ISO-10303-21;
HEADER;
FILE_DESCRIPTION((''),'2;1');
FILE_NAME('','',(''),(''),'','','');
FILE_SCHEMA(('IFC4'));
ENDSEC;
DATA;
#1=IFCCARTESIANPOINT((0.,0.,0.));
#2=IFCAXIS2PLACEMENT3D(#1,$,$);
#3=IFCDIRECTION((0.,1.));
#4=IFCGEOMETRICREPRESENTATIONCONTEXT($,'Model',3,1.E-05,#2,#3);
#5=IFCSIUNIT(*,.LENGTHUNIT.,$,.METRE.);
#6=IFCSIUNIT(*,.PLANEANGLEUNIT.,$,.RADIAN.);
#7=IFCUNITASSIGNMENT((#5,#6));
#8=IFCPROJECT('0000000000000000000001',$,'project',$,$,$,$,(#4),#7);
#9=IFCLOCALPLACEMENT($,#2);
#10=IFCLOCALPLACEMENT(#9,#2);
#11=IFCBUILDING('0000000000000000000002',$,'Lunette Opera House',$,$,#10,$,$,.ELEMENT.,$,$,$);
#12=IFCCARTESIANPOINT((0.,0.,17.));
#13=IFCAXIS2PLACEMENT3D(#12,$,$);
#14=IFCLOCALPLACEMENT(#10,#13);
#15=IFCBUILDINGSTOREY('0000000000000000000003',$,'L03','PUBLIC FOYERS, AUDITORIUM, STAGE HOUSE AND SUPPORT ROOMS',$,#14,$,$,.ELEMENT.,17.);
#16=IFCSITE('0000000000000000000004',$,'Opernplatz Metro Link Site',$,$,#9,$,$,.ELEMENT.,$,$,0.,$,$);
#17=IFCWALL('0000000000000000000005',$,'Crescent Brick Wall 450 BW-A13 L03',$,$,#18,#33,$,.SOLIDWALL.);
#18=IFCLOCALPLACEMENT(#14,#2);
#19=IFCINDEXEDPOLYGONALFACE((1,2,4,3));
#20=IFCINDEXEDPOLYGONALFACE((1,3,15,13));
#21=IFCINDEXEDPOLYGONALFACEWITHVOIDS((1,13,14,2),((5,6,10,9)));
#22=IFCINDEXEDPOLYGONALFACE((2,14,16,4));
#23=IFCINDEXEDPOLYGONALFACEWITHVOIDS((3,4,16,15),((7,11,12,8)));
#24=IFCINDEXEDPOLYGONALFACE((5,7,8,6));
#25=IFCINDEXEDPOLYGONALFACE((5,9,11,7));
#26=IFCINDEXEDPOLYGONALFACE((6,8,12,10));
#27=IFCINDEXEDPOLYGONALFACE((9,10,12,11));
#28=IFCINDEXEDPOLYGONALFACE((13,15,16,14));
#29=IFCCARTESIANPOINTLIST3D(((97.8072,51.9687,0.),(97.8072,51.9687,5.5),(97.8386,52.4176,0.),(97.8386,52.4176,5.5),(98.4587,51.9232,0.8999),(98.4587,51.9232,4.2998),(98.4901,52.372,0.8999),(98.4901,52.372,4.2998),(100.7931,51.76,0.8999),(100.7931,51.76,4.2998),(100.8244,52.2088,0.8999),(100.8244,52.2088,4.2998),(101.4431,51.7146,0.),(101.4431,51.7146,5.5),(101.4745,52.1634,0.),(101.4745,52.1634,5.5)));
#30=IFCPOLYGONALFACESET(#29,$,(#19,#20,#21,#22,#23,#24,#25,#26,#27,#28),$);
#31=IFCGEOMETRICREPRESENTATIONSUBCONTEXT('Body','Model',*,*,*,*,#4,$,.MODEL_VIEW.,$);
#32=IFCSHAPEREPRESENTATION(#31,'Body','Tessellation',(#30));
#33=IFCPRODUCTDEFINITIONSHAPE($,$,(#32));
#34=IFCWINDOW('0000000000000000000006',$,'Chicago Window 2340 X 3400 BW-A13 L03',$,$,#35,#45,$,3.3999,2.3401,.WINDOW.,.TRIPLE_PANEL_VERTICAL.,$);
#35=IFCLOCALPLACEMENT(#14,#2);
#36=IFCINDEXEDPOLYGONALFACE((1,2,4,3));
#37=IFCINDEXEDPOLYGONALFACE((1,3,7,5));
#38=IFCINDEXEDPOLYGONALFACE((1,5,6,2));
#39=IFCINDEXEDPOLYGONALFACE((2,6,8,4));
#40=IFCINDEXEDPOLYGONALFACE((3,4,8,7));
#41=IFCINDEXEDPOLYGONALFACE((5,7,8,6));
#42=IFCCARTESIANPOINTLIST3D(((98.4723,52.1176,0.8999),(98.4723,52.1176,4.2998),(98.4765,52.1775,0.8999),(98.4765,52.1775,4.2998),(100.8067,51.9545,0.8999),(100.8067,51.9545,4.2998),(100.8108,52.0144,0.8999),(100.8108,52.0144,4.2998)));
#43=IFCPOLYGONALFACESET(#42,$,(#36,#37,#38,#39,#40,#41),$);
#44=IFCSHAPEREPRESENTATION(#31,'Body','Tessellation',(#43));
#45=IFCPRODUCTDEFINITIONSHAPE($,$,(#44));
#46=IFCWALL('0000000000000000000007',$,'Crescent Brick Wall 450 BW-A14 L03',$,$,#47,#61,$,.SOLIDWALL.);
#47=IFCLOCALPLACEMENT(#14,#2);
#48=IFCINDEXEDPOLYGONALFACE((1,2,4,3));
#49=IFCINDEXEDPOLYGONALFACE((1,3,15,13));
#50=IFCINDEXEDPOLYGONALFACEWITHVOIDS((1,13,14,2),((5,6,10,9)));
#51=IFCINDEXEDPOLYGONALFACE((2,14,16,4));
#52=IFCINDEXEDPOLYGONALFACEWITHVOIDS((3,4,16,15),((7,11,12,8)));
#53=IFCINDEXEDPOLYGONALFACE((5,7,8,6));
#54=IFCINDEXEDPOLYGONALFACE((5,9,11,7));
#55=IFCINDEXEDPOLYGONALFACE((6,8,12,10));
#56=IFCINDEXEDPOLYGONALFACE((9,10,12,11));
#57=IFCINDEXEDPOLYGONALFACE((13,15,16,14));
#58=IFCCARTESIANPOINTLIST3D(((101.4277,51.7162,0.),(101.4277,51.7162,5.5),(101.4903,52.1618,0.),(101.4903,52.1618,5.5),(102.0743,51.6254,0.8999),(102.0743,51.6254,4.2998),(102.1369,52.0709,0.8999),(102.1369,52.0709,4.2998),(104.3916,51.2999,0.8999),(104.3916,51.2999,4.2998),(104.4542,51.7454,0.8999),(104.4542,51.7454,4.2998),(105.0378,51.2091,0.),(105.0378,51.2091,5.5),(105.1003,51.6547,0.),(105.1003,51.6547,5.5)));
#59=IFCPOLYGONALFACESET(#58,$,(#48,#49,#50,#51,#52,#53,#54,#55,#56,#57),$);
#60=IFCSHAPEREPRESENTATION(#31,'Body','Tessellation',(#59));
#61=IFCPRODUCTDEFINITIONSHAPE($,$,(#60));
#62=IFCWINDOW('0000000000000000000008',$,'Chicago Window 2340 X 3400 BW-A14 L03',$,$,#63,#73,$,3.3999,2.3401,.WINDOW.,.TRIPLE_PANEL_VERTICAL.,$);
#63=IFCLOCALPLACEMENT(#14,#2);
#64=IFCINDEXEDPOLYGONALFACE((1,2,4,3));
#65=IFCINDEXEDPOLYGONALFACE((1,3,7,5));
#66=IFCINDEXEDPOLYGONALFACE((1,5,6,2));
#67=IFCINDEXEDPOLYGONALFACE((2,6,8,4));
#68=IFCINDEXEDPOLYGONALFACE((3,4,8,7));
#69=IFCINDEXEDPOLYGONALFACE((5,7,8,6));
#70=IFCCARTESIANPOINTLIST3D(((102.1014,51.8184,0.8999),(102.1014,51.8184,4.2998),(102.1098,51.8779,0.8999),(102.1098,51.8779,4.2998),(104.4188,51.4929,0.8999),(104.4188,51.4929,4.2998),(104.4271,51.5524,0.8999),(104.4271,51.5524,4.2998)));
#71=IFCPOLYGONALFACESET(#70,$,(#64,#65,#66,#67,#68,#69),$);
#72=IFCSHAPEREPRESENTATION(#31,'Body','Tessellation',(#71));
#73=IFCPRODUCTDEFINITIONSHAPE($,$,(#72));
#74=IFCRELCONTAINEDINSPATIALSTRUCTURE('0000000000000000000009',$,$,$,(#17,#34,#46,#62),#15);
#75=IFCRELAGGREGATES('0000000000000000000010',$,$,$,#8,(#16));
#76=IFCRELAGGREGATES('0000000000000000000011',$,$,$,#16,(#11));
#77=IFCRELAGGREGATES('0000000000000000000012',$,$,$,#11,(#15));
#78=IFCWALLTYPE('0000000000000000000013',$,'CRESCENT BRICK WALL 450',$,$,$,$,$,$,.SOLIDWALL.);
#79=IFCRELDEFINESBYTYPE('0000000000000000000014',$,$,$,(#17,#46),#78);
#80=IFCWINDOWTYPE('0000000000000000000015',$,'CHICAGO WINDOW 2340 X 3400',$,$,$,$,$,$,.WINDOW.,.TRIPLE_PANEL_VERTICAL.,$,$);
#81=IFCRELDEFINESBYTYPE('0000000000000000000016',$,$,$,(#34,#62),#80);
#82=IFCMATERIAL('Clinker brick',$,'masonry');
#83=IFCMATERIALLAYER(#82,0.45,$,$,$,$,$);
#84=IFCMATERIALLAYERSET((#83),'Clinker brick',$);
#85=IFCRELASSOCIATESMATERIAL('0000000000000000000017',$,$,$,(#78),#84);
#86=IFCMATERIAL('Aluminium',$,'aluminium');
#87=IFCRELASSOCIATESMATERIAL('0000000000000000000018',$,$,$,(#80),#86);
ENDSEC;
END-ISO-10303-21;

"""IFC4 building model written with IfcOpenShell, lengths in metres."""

from ifc_helpers import new_model, si_unit, direction, frame, frame_2d, origin, place, context, subcontext, project, spatial, rectangle, extrude, material, layer, layer_set, type_object, element, fill, save


model = new_model("IFC4")

# Units and contexts
model_context = context("Model", 3, precision=1e-05, world=origin(), true_north=direction((0.0, 1.0)))
body_context = subcontext(model_context, "Body", "Model", "MODEL_VIEW")
ifc_project = project(units=[si_unit("LENGTHUNIT", "METRE"), si_unit("PLANEANGLEUNIT", "RADIAN")], contexts=[model_context])

# Site, building, storey
site_placement = place(None, origin())
site = spatial("IfcSite", under=ifc_project, at=site_placement, Name="Opernplatz Metro Link Site", CompositionType="ELEMENT", RefElevation=0.0)
building_placement = place(site_placement, origin())
building = spatial("IfcBuilding", under=site, at=building_placement, Name="Lunette Opera House", CompositionType="ELEMENT")
storey_placement = place(building_placement, frame((0.0, 0.0, 17.0)))
storey = spatial("IfcBuildingStorey", under=building, at=storey_placement, Name="L03", Description="PUBLIC FOYERS, AUDITORIUM, STAGE HOUSE AND SUPPORT ROOMS", CompositionType="ELEMENT", Elevation=17.0)

# Walls, openings, windows
ifc_material_1 = material(Name="Clinker brick", Category="masonry")
ifc_layer = layer(ifc_material_1, 0.45)
ifc_layer_set = layer_set([ifc_layer], Name="Clinker brick")
wall_type = type_object("IfcWallType", Name="CRESCENT BRICK WALL 450", PredefinedType="SOLIDWALL", material=ifc_layer_set)
ifc_material_2 = material(Name="Aluminium", Category="aluminium")
window_type = type_object("IfcWindowType", Name="CHICAGO WINDOW 2340 X 3400", PartitioningType="TRIPLE_PANEL_VERTICAL", PredefinedType="WINDOW", material=ifc_material_2)
wall_1_placement = place(storey_placement, frame((97.823, 52.1931, 0.0), z_axis=(0.0, 0.0, 1.0), x_axis=(0.997566, -0.069728, 0.0)))
wall_1 = element("IfcWall", 1, at=wall_1_placement, inside=storey, type_object=wall_type, Name="Crescent Brick Wall 450 BW-A13 L03", PredefinedType="SOLIDWALL", context=body_context, shape_type="SweptSolid", body=[
    extrude(rectangle(XDim=3.6448, YDim=0.45, at=frame_2d((1.8223, 0.0))), origin(), (0.0, 0.0, 1.0), 5.5),
])
opening_1_placement = place(wall_1_placement, frame((0.6531, 0.0, 0.8999)))
opening_1 = element("IfcOpeningElement", 2, at=opening_1_placement, cuts=wall_1, PredefinedType="OPENING", context=body_context, shape_type="SweptSolid", body=[
    extrude(rectangle(XDim=2.3401, YDim=3.3999, at=frame_2d((1.1699, 1.7))), frame((0.0, 0.2371, 0.0), z_axis=(0.0, -1.0, 0.0), x_axis=(1.0, 0.0, 0.0)), (0.0, 0.0, 1.0), 0.4739),
])
window_1_placement = place(opening_1_placement, origin())
window_1 = element("IfcWindow", 3, at=window_1_placement, inside=storey, type_object=window_type, Name="Chicago Window 2340 X 3400 BW-A13 L03", OverallHeight=3.3999, OverallWidth=2.3401, PartitioningType="TRIPLE_PANEL_VERTICAL", PredefinedType="WINDOW", context=body_context, shape_type="SweptSolid", body=[
    extrude(rectangle(XDim=2.3401, YDim=3.3999, at=frame_2d((1.1699, 1.7))), frame((0.0, 0.03, 0.0), z_axis=(0.0, -1.0, 0.0), x_axis=(1.0, 0.0, 0.0)), (0.0, 0.0, 1.0), 0.0601),
])
fill(opening_1, window_1)
wall_2_placement = place(storey_placement, frame((101.459, 51.939, 0.0), z_axis=(0.0, 0.0, 1.0), x_axis=(0.990279, -0.139096, 0.0)))
wall_2 = element("IfcWall", 4, at=wall_2_placement, inside=storey, type_object=wall_type, Name="Crescent Brick Wall 450 BW-A14 L03", PredefinedType="SOLIDWALL", context=body_context, shape_type="SweptSolid", body=[
    extrude(rectangle(XDim=3.6455, YDim=0.45, at=frame_2d((1.8228, 0.0))), origin(), (0.0, 0.0, 1.0), 5.5),
])
opening_2_placement = place(wall_2_placement, frame((0.6531, 0.0, 0.8999)))
opening_2 = element("IfcOpeningElement", 5, at=opening_2_placement, cuts=wall_2, PredefinedType="OPENING", context=body_context, shape_type="SweptSolid", body=[
    extrude(rectangle(XDim=2.3401, YDim=3.3999, at=frame_2d((1.1699, 1.7))), frame((0.0, 0.2371, 0.0), z_axis=(0.0, -1.0, 0.0), x_axis=(1.0, 0.0, 0.0)), (0.0, 0.0, 1.0), 0.4739),
])
window_2_placement = place(opening_2_placement, origin())
window_2 = element("IfcWindow", 6, at=window_2_placement, inside=storey, type_object=window_type, Name="Chicago Window 2340 X 3400 BW-A14 L03", OverallHeight=3.3999, OverallWidth=2.3401, PartitioningType="TRIPLE_PANEL_VERTICAL", PredefinedType="WINDOW", context=body_context, shape_type="SweptSolid", body=[
    extrude(rectangle(XDim=2.3401, YDim=3.3999, at=frame_2d((1.1699, 1.7))), frame((0.0, 0.03, 0.0), z_axis=(0.0, -1.0, 0.0), x_axis=(1.0, 0.0, 0.0)), (0.0, 0.0, 1.0), 0.0601),
])
fill(opening_2, window_2)

save(model, "model.ifc")
